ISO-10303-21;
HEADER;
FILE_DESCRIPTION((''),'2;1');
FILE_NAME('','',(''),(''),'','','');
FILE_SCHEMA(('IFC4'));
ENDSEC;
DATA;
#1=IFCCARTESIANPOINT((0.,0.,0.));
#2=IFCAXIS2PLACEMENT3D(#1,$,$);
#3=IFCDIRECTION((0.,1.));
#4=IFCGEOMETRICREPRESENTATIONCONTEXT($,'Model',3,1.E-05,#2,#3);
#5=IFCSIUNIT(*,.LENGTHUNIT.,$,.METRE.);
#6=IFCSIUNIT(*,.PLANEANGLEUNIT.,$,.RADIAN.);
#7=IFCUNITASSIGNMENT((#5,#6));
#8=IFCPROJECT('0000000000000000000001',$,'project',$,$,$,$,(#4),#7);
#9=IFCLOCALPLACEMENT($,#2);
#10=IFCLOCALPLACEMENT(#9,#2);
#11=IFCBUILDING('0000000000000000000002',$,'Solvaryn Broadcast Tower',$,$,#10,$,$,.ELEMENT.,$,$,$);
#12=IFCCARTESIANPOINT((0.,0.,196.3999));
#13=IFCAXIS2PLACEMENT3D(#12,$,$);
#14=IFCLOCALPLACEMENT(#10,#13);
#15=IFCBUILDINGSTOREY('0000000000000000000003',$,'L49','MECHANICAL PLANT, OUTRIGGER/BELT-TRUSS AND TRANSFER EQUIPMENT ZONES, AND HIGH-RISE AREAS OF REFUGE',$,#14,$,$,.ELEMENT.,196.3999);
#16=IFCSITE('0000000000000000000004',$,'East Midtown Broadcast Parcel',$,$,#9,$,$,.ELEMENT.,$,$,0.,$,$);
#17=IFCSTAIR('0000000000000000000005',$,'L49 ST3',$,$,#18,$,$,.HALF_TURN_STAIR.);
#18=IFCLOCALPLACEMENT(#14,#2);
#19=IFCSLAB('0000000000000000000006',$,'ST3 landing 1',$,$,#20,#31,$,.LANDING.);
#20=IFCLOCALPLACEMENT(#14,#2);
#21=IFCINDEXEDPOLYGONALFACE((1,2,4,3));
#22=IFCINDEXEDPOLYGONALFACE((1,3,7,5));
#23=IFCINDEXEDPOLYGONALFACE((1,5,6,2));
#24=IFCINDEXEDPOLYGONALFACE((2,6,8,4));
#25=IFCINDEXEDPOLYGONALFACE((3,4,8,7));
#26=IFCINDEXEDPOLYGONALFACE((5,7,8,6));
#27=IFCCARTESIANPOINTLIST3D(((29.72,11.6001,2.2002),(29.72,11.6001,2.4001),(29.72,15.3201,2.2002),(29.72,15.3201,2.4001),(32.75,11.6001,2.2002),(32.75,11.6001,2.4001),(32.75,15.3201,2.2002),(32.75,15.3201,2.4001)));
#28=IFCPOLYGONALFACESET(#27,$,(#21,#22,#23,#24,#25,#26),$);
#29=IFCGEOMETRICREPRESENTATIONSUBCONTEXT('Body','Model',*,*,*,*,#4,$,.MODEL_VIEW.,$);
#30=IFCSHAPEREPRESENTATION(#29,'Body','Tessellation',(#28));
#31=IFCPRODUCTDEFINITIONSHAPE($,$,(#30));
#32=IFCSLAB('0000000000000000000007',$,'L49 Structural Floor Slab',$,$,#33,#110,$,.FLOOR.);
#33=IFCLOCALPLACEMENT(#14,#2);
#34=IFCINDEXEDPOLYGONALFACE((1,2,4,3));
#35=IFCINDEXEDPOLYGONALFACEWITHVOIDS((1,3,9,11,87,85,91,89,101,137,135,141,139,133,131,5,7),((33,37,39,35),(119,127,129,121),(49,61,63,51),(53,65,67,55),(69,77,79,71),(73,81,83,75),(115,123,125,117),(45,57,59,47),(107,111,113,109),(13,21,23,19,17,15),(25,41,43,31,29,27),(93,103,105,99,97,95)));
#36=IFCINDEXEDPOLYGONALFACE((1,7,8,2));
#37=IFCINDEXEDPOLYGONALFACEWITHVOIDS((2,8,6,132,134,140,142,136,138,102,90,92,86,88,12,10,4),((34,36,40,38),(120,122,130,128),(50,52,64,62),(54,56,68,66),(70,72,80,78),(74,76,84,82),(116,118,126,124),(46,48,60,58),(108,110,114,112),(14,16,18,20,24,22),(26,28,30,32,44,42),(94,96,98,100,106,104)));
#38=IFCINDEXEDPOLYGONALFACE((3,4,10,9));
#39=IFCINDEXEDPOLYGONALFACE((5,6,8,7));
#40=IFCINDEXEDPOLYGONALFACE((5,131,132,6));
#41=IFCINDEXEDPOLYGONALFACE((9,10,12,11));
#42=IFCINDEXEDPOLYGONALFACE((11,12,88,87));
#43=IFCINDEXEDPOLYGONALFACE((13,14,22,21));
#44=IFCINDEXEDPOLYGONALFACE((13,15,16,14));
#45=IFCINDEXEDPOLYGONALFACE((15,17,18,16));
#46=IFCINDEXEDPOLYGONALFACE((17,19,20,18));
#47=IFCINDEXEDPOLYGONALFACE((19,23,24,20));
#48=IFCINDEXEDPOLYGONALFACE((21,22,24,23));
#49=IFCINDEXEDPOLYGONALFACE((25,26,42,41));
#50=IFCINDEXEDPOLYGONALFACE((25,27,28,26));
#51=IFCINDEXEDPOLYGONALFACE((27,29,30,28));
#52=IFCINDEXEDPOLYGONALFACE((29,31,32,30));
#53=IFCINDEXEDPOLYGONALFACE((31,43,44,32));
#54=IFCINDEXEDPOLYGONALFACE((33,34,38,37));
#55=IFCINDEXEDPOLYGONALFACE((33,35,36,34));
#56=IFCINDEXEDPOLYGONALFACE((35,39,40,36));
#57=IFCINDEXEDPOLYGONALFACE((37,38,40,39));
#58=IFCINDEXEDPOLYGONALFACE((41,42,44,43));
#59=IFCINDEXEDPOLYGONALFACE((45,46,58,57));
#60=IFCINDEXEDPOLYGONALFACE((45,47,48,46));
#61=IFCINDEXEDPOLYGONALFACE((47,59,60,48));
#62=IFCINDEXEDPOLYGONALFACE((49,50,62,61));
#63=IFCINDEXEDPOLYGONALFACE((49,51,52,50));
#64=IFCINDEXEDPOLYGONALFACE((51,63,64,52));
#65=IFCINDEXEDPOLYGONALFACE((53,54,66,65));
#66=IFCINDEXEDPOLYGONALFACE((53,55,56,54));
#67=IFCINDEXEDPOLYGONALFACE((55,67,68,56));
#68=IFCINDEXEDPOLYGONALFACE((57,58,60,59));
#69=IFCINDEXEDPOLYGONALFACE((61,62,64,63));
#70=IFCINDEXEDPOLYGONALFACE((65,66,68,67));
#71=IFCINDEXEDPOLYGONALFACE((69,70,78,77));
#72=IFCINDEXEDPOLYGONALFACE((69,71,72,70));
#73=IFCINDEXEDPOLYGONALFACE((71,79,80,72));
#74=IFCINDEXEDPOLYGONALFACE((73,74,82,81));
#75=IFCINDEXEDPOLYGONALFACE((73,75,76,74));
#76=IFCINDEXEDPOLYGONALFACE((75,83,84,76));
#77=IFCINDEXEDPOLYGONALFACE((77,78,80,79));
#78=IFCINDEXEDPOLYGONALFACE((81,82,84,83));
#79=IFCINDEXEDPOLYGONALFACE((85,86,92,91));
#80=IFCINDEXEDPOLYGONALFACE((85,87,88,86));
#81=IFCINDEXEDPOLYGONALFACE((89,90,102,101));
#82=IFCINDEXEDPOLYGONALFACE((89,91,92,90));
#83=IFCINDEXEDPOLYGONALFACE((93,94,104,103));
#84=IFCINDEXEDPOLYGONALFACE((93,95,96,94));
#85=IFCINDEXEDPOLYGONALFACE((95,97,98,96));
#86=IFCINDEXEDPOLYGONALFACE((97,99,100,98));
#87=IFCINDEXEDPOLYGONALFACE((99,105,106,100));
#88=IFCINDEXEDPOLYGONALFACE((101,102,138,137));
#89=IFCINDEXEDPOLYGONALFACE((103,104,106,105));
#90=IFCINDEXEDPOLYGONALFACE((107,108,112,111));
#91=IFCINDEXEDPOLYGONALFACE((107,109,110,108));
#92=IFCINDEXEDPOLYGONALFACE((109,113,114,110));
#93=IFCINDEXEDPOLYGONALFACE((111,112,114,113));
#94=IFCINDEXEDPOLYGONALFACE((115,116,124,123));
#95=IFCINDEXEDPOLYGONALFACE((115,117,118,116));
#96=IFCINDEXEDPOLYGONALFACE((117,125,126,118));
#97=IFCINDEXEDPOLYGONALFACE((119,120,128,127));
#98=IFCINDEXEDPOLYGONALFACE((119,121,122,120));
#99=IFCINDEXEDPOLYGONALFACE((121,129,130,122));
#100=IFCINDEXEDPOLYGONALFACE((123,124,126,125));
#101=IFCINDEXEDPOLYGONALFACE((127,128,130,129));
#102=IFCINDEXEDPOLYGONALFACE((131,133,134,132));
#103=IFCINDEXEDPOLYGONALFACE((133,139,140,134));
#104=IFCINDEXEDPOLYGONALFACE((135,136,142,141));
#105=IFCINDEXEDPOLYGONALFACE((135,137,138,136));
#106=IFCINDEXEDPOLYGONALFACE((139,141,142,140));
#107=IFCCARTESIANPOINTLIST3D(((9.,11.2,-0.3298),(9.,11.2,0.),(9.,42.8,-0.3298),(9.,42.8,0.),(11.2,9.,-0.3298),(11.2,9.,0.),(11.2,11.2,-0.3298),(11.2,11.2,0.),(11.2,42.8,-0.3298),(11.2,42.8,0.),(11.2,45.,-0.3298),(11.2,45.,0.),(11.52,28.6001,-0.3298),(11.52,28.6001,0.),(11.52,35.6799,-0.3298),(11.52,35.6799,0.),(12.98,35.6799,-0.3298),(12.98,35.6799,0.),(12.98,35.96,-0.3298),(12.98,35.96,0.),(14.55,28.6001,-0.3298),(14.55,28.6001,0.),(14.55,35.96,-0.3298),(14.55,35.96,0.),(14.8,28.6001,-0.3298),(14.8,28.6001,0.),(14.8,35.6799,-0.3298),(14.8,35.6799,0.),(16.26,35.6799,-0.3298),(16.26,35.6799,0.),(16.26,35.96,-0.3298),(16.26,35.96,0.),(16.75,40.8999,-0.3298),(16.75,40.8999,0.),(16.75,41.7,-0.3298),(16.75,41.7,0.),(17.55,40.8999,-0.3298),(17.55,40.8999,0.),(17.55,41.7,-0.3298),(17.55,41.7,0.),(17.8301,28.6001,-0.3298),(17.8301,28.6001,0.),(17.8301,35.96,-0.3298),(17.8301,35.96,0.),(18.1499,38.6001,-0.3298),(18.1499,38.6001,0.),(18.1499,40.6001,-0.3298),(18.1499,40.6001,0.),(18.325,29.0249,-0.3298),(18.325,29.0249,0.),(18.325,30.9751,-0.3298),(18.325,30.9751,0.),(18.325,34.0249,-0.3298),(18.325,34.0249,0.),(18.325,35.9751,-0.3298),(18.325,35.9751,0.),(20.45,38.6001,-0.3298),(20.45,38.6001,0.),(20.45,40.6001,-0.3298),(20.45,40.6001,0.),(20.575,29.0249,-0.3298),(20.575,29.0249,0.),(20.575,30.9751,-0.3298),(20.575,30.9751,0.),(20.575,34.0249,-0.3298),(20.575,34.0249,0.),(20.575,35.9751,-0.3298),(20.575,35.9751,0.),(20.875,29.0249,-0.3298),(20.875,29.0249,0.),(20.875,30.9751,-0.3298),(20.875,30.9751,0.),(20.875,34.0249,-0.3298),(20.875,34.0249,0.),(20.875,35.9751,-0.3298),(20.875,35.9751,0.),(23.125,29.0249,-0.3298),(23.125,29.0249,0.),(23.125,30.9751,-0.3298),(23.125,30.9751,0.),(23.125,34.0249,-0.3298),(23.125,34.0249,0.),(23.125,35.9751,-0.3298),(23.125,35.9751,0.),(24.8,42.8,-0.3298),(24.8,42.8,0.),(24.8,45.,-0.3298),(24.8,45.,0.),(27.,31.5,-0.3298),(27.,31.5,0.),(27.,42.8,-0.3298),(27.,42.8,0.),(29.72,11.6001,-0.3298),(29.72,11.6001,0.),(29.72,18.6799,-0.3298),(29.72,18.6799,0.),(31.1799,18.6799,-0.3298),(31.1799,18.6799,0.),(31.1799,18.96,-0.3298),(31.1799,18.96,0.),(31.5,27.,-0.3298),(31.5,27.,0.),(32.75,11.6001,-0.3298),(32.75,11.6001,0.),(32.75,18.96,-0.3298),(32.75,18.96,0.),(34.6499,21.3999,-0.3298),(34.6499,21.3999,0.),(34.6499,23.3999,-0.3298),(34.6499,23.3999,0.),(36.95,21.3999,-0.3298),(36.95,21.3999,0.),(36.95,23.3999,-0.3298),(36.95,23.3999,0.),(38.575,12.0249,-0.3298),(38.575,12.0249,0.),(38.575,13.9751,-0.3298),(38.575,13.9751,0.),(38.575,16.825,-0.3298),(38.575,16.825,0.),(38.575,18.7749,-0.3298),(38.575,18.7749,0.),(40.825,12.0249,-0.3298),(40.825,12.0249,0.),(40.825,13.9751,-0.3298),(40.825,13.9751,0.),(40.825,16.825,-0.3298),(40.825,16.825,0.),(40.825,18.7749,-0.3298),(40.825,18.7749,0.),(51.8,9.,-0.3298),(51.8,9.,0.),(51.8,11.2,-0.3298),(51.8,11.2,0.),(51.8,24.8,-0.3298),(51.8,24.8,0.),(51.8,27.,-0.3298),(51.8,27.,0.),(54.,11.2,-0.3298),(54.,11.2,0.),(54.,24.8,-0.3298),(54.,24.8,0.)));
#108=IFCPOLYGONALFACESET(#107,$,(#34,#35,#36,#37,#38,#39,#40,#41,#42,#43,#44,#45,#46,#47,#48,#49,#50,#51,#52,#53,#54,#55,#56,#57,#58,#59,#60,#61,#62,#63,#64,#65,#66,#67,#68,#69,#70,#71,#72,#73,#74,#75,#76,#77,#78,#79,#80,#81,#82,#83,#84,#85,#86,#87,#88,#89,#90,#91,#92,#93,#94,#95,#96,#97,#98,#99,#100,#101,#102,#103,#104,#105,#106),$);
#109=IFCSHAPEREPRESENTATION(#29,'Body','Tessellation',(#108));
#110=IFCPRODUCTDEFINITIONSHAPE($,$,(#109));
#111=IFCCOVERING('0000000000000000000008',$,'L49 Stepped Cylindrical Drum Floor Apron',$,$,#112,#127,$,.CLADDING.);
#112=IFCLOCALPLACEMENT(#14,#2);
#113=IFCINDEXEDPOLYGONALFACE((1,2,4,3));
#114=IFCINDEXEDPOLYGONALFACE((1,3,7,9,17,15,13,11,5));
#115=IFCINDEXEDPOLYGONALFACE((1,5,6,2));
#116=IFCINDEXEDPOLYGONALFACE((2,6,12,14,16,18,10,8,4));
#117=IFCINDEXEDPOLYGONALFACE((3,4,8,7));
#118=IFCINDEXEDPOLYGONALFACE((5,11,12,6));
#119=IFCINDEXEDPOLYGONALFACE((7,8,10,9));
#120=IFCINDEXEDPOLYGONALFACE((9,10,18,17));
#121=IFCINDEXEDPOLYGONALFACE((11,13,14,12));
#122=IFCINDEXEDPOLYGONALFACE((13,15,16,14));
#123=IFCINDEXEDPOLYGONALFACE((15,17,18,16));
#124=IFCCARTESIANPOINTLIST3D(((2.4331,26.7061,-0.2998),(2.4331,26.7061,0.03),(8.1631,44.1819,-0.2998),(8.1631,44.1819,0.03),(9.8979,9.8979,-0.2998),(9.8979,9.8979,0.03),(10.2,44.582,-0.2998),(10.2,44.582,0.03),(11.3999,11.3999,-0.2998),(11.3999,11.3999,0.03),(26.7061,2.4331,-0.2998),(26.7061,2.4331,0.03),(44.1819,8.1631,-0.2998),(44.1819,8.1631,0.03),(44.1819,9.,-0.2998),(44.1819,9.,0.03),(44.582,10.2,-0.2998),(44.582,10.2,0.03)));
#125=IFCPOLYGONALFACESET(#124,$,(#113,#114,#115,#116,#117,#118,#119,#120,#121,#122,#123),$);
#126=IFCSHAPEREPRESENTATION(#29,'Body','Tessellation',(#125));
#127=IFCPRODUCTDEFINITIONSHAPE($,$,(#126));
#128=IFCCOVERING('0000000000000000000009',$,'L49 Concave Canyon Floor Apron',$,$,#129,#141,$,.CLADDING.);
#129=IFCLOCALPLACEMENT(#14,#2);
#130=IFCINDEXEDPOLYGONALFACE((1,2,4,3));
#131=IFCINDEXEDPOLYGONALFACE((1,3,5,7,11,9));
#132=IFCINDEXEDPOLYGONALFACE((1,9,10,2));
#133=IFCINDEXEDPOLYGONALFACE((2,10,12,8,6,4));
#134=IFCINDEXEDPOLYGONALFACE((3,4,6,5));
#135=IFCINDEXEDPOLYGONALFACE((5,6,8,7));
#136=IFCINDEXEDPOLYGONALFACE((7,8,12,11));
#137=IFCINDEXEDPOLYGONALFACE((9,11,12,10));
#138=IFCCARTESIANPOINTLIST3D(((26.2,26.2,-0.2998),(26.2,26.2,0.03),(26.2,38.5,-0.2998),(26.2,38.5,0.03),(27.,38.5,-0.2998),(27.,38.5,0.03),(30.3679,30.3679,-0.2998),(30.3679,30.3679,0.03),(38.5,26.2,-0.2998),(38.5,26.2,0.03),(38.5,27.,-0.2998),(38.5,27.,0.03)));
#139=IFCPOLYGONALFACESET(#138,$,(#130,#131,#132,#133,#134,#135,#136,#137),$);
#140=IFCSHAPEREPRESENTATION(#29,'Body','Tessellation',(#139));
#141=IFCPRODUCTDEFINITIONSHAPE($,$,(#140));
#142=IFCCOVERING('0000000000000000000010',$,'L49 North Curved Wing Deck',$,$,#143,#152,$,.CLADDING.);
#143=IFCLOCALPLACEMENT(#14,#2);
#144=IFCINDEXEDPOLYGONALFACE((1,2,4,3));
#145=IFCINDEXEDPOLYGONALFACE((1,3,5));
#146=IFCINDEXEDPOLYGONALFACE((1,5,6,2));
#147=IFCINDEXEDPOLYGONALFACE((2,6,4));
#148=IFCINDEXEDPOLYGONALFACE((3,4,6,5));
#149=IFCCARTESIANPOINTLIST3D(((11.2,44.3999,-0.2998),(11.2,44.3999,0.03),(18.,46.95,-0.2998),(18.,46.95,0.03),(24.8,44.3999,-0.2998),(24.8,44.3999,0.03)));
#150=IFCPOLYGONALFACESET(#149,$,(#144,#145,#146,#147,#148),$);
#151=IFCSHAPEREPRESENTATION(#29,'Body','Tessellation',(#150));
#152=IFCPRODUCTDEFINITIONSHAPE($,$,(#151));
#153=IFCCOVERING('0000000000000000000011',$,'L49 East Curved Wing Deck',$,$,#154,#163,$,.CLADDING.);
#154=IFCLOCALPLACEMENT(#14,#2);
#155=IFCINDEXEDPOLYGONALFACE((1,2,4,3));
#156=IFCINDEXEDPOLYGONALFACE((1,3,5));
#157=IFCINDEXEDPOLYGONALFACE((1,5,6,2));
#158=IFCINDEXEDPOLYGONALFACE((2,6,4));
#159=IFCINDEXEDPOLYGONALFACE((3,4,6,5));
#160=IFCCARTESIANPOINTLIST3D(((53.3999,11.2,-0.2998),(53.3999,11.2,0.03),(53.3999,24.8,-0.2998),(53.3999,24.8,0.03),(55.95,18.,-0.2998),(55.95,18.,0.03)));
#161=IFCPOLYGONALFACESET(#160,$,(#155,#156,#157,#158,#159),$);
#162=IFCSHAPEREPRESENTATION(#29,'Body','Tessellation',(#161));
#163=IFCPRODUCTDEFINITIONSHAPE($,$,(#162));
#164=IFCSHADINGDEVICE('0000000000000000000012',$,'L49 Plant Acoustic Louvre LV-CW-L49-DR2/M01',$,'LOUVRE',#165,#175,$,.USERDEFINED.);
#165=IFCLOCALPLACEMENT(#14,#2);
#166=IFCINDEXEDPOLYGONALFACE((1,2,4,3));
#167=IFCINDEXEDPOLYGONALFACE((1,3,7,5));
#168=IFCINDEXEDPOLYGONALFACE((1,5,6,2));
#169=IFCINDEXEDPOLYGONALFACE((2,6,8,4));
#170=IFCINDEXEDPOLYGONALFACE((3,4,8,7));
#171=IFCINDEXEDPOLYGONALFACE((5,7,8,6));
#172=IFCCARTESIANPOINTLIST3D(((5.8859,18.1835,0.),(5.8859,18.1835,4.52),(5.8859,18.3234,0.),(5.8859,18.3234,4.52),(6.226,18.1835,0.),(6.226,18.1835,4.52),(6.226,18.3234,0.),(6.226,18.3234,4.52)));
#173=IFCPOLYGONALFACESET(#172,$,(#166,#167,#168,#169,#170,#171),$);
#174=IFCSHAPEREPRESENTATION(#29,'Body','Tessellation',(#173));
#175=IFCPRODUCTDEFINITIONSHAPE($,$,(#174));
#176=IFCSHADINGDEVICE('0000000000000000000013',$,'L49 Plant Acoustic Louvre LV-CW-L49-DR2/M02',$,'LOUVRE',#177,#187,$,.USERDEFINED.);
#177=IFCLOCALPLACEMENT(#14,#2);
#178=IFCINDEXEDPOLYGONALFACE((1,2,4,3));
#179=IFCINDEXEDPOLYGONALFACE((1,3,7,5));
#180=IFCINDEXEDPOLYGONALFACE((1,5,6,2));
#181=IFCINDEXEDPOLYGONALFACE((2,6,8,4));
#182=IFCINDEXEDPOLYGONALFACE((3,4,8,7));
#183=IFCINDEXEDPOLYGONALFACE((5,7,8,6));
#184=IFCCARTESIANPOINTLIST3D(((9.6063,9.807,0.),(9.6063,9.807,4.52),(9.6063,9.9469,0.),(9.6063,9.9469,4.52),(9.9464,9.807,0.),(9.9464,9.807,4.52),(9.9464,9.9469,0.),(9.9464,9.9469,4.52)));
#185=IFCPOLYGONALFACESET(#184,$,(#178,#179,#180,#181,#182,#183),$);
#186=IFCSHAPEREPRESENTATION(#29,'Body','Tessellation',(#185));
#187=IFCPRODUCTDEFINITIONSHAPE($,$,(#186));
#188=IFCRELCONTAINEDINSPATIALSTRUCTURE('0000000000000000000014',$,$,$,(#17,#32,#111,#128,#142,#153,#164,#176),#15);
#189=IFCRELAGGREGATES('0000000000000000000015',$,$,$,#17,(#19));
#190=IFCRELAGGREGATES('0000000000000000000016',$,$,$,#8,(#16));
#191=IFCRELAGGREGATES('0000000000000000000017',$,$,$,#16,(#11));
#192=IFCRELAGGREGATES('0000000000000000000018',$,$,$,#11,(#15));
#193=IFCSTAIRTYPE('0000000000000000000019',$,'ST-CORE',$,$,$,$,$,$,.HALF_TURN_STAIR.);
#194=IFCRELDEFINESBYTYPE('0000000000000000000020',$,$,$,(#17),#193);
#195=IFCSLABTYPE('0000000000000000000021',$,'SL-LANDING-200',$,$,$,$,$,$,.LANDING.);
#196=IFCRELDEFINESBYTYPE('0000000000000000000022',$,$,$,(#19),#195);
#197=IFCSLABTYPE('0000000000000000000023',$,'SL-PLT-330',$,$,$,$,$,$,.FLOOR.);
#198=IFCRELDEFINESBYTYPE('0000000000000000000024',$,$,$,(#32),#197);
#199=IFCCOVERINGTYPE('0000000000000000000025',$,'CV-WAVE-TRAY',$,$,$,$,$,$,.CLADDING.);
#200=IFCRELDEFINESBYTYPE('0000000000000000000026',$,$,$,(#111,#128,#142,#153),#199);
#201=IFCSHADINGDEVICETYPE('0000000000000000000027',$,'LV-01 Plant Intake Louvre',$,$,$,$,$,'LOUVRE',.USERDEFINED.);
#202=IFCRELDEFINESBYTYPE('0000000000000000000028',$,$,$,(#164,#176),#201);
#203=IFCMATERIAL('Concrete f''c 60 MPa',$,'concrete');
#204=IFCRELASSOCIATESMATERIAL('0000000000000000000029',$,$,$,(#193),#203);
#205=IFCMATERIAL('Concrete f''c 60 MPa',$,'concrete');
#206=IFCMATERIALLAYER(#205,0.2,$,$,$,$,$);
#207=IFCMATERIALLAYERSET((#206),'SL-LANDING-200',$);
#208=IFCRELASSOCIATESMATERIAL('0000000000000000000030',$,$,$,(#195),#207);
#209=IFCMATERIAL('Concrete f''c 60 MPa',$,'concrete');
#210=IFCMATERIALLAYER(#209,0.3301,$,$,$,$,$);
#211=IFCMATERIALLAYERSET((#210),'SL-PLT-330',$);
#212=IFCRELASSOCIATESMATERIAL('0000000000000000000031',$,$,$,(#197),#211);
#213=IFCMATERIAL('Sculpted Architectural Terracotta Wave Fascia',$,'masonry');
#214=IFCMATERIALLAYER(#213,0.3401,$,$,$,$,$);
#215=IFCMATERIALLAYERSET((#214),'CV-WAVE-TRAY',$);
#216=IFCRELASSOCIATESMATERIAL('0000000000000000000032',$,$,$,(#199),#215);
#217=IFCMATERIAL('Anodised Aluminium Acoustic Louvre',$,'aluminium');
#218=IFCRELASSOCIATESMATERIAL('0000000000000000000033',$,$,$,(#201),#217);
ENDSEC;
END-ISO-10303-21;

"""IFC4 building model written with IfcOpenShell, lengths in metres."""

from ifc_helpers import new_model, si_unit, direction, frame, origin, origin_2d, place, context, subcontext, project, spatial, polyline, rectangle, outline, extrude, material, layer, layer_set, type_object, element, aggregate, save


model = new_model("IFC4")

# Units and contexts
model_context = context("Model", 3, precision=1e-05, world=origin(), true_north=direction((0.0, 1.0)))
body_context = subcontext(model_context, "Body", "Model", "MODEL_VIEW")
ifc_project = project(units=[si_unit("LENGTHUNIT", "METRE"), si_unit("PLANEANGLEUNIT", "RADIAN")], contexts=[model_context])

# Site, building, storey
site_placement = place(None, origin())
site = spatial("IfcSite", under=ifc_project, at=site_placement, Name="East Midtown Broadcast Parcel", CompositionType="ELEMENT", RefElevation=0.0)
building_placement = place(site_placement, origin())
building = spatial("IfcBuilding", under=site, at=building_placement, Name="Solvaryn Broadcast Tower", CompositionType="ELEMENT")
storey_placement = place(building_placement, frame((0.0, 0.0, 196.3999)))
storey = spatial("IfcBuildingStorey", under=building, at=storey_placement, Name="L49", Description="MECHANICAL PLANT, OUTRIGGER/BELT-TRUSS AND TRANSFER EQUIPMENT ZONES, AND HIGH-RISE AREAS OF REFUGE", CompositionType="ELEMENT", Elevation=196.3999)

# Stair, slab
ifc_material_1 = material(Name="Concrete f'c 60 MPa", Category="concrete")
stair_type = type_object("IfcStairType", Name="ST-CORE", PredefinedType="HALF_TURN_STAIR", material=ifc_material_1)
ifc_material_2 = material(Name="Concrete f'c 60 MPa", Category="concrete")
ifc_layer_1 = layer(ifc_material_2, 0.2)
ifc_layer_set_1 = layer_set([ifc_layer_1], Name="SL-LANDING-200")
slab_type_1 = type_object("IfcSlabType", Name="SL-LANDING-200", PredefinedType="LANDING", material=ifc_layer_set_1)
stair_1_placement = place(storey_placement, origin())
stair_1 = element("IfcStair", 1, at=stair_1_placement, inside=storey, type_object=stair_type, Name="L49 ST3", PredefinedType="HALF_TURN_STAIR")
slab_1_placement = place(storey_placement, frame((0.0, 0.0, 2.2002)))
slab_1 = element("IfcSlab", 2, at=slab_1_placement, type_object=slab_type_1, Name="ST3 landing 1", PredefinedType="LANDING", context=body_context, shape_type="SweptSolid", body=[
    extrude(outline(polyline([(29.72, 15.3201), (29.72, 11.6001), (32.75, 11.6001), (32.75, 15.3201), (29.72, 15.3201)])), origin(), (0.0, 0.0, 1.0), 0.2),
])
aggregate(stair_1, [slab_1])

# Slab
ifc_material_3 = material(Name="Concrete f'c 60 MPa", Category="concrete")
ifc_layer_2 = layer(ifc_material_3, 0.3301)
ifc_layer_set_2 = layer_set([ifc_layer_2], Name="SL-PLT-330")
slab_type_2 = type_object("IfcSlabType", Name="SL-PLT-330", PredefinedType="FLOOR", material=ifc_layer_set_2)
slab_2_placement = place(storey_placement, frame((0.0, 0.0, -0.3298)))
element("IfcSlab", 3, at=slab_2_placement, inside=storey, type_object=slab_type_2, Name="L49 Structural Floor Slab", PredefinedType="FLOOR", context=body_context, shape_type="SweptSolid", body=[
    extrude(outline(polyline([(11.2, 9.0), (51.8, 9.0), (51.8, 11.2), (54.0, 11.2), (54.0, 24.8), (51.8, 24.8), (51.8, 27.0), (31.5, 27.0), (27.0, 31.5), (27.0, 42.8), (24.8, 42.8), (24.8, 45.0), (11.2, 45.0), (11.2, 42.8), (9.0, 42.8), (9.0, 11.2), (11.2, 11.2), (11.2, 9.0)]), holes=[polyline([(11.52, 28.6001), (14.55, 28.6001), (14.55, 35.96), (12.98, 35.96), (12.98, 35.6799), (11.52, 35.6799), (11.52, 28.6001)]), polyline([(14.8, 28.6001), (17.8301, 28.6001), (17.8301, 35.96), (16.26, 35.96), (16.26, 35.6799), (14.8, 35.6799), (14.8, 28.6001)]), polyline([(29.72, 11.6001), (32.75, 11.6001), (32.75, 18.96), (31.1799, 18.96), (31.1799, 18.6799), (29.72, 18.6799), (29.72, 11.6001)]), polyline([(18.1499, 38.6001), (20.45, 38.6001), (20.45, 40.6001), (18.1499, 40.6001), (18.1499, 38.6001)]), polyline([(18.325, 29.0249), (20.575, 29.0249), (20.575, 30.9751), (18.325, 30.9751), (18.325, 29.0249)]), polyline([(20.875, 29.0249), (23.125, 29.0249), (23.125, 30.9751), (20.875, 30.9751), (20.875, 29.0249)]), polyline([(18.325, 34.0249), (20.575, 34.0249), (20.575, 35.9751), (18.325, 35.9751), (18.325, 34.0249)]), polyline([(20.875, 34.0249), (23.125, 34.0249), (23.125, 35.9751), (20.875, 35.9751), (20.875, 34.0249)]), polyline([(34.6499, 21.3999), (36.95, 21.3999), (36.95, 23.3999), (34.6499, 23.3999), (34.6499, 21.3999)]), polyline([(38.575, 12.0249), (40.825, 12.0249), (40.825, 13.9751), (38.575, 13.9751), (38.575, 12.0249)]), polyline([(38.575, 16.825), (40.825, 16.825), (40.825, 18.7749), (38.575, 18.7749), (38.575, 16.825)]), polyline([(16.75, 40.8999), (17.55, 40.8999), (17.55, 41.7), (16.75, 41.7), (16.75, 40.8999)])]), origin(), (0.0, 0.0, 1.0), 0.3298),
])

# Coverings
ifc_material_4 = material(Name="Sculpted Architectural Terracotta Wave Fascia", Category="masonry")
ifc_layer_3 = layer(ifc_material_4, 0.3401)
ifc_layer_set_3 = layer_set([ifc_layer_3], Name="CV-WAVE-TRAY")
covering_type = type_object("IfcCoveringType", Name="CV-WAVE-TRAY", PredefinedType="CLADDING", material=ifc_layer_set_3)
covering_1_placement = place(storey_placement, frame((0.0, 0.0, -0.2998)))
element("IfcCovering", 4, at=covering_1_placement, inside=storey, type_object=covering_type, Name="L49 Stepped Cylindrical Drum Floor Apron", PredefinedType="CLADDING", context=body_context, shape_type="SweptSolid", body=[
    extrude(outline(polyline([(10.2, 44.582), (8.1631, 44.1819), (2.4331, 26.7061), (9.8979, 9.8979), (26.7061, 2.4331), (44.1819, 8.1631), (44.1819, 9.0), (44.582, 10.2), (11.3999, 11.3999), (10.2, 44.582)])), origin(), (0.0, 0.0, 1.0), 0.3298),
])
covering_2_placement = place(storey_placement, frame((0.0, 0.0, -0.2998)))
element("IfcCovering", 5, at=covering_2_placement, inside=storey, type_object=covering_type, Name="L49 Concave Canyon Floor Apron", PredefinedType="CLADDING", context=body_context, shape_type="SweptSolid", body=[
    extrude(outline(polyline([(26.2, 26.2), (38.5, 26.2), (38.5, 27.0), (30.3679, 30.3679), (27.0, 38.5), (26.2, 38.5), (26.2, 26.2)])), origin(), (0.0, 0.0, 1.0), 0.3298),
])
covering_3_placement = place(storey_placement, frame((0.0, 0.0, -0.2998)))
element("IfcCovering", 6, at=covering_3_placement, inside=storey, type_object=covering_type, Name="L49 North Curved Wing Deck", PredefinedType="CLADDING", context=body_context, shape_type="SweptSolid", body=[
    extrude(outline(polyline([(11.2, 44.3999), (24.8, 44.3999), (18.0, 46.95), (11.2, 44.3999)])), origin(), (0.0, 0.0, 1.0), 0.3298),
])
covering_4_placement = place(storey_placement, frame((0.0, 0.0, -0.2998)))
element("IfcCovering", 7, at=covering_4_placement, inside=storey, type_object=covering_type, Name="L49 East Curved Wing Deck", PredefinedType="CLADDING", context=body_context, shape_type="SweptSolid", body=[
    extrude(outline(polyline([(53.3999, 11.2), (55.95, 18.0), (53.3999, 24.8), (53.3999, 11.2)])), origin(), (0.0, 0.0, 1.0), 0.3298),
])

# Shading devices
ifc_material_5 = material(Name="Anodised Aluminium Acoustic Louvre", Category="aluminium")
shading_device_type = type_object("IfcShadingDeviceType", Name="LV-01 Plant Intake Louvre", ElementType="LOUVRE", PredefinedType="USERDEFINED", material=ifc_material_5)
for number, where, z_axis, x_axis, name in (
    (8, (6.0559, 18.2534, 0.0), (0.0, 0.0, 1.0), (1.0, 0.0, 0.0), "L49 Plant Acoustic Louvre LV-CW-L49-DR2/M01"),
    (9, (9.7764, 9.877, 0.0), (0.0, 0.0, 1.0), (1.0, 0.0, 0.0), "L49 Plant Acoustic Louvre LV-CW-L49-DR2/M02"),
):
    element("IfcShadingDevice", number, at=place(storey_placement, frame(where, z_axis=z_axis, x_axis=x_axis)), inside=storey, type_object=shading_device_type, Name=name, ObjectType="LOUVRE", PredefinedType="USERDEFINED", context=body_context, shape_type="SweptSolid", body=[
        extrude(rectangle(XDim=0.3401, YDim=0.1399, at=origin_2d()), origin(), (0.0, 0.0, 1.0), 4.52),
    ])

save(model, "model.ifc")
